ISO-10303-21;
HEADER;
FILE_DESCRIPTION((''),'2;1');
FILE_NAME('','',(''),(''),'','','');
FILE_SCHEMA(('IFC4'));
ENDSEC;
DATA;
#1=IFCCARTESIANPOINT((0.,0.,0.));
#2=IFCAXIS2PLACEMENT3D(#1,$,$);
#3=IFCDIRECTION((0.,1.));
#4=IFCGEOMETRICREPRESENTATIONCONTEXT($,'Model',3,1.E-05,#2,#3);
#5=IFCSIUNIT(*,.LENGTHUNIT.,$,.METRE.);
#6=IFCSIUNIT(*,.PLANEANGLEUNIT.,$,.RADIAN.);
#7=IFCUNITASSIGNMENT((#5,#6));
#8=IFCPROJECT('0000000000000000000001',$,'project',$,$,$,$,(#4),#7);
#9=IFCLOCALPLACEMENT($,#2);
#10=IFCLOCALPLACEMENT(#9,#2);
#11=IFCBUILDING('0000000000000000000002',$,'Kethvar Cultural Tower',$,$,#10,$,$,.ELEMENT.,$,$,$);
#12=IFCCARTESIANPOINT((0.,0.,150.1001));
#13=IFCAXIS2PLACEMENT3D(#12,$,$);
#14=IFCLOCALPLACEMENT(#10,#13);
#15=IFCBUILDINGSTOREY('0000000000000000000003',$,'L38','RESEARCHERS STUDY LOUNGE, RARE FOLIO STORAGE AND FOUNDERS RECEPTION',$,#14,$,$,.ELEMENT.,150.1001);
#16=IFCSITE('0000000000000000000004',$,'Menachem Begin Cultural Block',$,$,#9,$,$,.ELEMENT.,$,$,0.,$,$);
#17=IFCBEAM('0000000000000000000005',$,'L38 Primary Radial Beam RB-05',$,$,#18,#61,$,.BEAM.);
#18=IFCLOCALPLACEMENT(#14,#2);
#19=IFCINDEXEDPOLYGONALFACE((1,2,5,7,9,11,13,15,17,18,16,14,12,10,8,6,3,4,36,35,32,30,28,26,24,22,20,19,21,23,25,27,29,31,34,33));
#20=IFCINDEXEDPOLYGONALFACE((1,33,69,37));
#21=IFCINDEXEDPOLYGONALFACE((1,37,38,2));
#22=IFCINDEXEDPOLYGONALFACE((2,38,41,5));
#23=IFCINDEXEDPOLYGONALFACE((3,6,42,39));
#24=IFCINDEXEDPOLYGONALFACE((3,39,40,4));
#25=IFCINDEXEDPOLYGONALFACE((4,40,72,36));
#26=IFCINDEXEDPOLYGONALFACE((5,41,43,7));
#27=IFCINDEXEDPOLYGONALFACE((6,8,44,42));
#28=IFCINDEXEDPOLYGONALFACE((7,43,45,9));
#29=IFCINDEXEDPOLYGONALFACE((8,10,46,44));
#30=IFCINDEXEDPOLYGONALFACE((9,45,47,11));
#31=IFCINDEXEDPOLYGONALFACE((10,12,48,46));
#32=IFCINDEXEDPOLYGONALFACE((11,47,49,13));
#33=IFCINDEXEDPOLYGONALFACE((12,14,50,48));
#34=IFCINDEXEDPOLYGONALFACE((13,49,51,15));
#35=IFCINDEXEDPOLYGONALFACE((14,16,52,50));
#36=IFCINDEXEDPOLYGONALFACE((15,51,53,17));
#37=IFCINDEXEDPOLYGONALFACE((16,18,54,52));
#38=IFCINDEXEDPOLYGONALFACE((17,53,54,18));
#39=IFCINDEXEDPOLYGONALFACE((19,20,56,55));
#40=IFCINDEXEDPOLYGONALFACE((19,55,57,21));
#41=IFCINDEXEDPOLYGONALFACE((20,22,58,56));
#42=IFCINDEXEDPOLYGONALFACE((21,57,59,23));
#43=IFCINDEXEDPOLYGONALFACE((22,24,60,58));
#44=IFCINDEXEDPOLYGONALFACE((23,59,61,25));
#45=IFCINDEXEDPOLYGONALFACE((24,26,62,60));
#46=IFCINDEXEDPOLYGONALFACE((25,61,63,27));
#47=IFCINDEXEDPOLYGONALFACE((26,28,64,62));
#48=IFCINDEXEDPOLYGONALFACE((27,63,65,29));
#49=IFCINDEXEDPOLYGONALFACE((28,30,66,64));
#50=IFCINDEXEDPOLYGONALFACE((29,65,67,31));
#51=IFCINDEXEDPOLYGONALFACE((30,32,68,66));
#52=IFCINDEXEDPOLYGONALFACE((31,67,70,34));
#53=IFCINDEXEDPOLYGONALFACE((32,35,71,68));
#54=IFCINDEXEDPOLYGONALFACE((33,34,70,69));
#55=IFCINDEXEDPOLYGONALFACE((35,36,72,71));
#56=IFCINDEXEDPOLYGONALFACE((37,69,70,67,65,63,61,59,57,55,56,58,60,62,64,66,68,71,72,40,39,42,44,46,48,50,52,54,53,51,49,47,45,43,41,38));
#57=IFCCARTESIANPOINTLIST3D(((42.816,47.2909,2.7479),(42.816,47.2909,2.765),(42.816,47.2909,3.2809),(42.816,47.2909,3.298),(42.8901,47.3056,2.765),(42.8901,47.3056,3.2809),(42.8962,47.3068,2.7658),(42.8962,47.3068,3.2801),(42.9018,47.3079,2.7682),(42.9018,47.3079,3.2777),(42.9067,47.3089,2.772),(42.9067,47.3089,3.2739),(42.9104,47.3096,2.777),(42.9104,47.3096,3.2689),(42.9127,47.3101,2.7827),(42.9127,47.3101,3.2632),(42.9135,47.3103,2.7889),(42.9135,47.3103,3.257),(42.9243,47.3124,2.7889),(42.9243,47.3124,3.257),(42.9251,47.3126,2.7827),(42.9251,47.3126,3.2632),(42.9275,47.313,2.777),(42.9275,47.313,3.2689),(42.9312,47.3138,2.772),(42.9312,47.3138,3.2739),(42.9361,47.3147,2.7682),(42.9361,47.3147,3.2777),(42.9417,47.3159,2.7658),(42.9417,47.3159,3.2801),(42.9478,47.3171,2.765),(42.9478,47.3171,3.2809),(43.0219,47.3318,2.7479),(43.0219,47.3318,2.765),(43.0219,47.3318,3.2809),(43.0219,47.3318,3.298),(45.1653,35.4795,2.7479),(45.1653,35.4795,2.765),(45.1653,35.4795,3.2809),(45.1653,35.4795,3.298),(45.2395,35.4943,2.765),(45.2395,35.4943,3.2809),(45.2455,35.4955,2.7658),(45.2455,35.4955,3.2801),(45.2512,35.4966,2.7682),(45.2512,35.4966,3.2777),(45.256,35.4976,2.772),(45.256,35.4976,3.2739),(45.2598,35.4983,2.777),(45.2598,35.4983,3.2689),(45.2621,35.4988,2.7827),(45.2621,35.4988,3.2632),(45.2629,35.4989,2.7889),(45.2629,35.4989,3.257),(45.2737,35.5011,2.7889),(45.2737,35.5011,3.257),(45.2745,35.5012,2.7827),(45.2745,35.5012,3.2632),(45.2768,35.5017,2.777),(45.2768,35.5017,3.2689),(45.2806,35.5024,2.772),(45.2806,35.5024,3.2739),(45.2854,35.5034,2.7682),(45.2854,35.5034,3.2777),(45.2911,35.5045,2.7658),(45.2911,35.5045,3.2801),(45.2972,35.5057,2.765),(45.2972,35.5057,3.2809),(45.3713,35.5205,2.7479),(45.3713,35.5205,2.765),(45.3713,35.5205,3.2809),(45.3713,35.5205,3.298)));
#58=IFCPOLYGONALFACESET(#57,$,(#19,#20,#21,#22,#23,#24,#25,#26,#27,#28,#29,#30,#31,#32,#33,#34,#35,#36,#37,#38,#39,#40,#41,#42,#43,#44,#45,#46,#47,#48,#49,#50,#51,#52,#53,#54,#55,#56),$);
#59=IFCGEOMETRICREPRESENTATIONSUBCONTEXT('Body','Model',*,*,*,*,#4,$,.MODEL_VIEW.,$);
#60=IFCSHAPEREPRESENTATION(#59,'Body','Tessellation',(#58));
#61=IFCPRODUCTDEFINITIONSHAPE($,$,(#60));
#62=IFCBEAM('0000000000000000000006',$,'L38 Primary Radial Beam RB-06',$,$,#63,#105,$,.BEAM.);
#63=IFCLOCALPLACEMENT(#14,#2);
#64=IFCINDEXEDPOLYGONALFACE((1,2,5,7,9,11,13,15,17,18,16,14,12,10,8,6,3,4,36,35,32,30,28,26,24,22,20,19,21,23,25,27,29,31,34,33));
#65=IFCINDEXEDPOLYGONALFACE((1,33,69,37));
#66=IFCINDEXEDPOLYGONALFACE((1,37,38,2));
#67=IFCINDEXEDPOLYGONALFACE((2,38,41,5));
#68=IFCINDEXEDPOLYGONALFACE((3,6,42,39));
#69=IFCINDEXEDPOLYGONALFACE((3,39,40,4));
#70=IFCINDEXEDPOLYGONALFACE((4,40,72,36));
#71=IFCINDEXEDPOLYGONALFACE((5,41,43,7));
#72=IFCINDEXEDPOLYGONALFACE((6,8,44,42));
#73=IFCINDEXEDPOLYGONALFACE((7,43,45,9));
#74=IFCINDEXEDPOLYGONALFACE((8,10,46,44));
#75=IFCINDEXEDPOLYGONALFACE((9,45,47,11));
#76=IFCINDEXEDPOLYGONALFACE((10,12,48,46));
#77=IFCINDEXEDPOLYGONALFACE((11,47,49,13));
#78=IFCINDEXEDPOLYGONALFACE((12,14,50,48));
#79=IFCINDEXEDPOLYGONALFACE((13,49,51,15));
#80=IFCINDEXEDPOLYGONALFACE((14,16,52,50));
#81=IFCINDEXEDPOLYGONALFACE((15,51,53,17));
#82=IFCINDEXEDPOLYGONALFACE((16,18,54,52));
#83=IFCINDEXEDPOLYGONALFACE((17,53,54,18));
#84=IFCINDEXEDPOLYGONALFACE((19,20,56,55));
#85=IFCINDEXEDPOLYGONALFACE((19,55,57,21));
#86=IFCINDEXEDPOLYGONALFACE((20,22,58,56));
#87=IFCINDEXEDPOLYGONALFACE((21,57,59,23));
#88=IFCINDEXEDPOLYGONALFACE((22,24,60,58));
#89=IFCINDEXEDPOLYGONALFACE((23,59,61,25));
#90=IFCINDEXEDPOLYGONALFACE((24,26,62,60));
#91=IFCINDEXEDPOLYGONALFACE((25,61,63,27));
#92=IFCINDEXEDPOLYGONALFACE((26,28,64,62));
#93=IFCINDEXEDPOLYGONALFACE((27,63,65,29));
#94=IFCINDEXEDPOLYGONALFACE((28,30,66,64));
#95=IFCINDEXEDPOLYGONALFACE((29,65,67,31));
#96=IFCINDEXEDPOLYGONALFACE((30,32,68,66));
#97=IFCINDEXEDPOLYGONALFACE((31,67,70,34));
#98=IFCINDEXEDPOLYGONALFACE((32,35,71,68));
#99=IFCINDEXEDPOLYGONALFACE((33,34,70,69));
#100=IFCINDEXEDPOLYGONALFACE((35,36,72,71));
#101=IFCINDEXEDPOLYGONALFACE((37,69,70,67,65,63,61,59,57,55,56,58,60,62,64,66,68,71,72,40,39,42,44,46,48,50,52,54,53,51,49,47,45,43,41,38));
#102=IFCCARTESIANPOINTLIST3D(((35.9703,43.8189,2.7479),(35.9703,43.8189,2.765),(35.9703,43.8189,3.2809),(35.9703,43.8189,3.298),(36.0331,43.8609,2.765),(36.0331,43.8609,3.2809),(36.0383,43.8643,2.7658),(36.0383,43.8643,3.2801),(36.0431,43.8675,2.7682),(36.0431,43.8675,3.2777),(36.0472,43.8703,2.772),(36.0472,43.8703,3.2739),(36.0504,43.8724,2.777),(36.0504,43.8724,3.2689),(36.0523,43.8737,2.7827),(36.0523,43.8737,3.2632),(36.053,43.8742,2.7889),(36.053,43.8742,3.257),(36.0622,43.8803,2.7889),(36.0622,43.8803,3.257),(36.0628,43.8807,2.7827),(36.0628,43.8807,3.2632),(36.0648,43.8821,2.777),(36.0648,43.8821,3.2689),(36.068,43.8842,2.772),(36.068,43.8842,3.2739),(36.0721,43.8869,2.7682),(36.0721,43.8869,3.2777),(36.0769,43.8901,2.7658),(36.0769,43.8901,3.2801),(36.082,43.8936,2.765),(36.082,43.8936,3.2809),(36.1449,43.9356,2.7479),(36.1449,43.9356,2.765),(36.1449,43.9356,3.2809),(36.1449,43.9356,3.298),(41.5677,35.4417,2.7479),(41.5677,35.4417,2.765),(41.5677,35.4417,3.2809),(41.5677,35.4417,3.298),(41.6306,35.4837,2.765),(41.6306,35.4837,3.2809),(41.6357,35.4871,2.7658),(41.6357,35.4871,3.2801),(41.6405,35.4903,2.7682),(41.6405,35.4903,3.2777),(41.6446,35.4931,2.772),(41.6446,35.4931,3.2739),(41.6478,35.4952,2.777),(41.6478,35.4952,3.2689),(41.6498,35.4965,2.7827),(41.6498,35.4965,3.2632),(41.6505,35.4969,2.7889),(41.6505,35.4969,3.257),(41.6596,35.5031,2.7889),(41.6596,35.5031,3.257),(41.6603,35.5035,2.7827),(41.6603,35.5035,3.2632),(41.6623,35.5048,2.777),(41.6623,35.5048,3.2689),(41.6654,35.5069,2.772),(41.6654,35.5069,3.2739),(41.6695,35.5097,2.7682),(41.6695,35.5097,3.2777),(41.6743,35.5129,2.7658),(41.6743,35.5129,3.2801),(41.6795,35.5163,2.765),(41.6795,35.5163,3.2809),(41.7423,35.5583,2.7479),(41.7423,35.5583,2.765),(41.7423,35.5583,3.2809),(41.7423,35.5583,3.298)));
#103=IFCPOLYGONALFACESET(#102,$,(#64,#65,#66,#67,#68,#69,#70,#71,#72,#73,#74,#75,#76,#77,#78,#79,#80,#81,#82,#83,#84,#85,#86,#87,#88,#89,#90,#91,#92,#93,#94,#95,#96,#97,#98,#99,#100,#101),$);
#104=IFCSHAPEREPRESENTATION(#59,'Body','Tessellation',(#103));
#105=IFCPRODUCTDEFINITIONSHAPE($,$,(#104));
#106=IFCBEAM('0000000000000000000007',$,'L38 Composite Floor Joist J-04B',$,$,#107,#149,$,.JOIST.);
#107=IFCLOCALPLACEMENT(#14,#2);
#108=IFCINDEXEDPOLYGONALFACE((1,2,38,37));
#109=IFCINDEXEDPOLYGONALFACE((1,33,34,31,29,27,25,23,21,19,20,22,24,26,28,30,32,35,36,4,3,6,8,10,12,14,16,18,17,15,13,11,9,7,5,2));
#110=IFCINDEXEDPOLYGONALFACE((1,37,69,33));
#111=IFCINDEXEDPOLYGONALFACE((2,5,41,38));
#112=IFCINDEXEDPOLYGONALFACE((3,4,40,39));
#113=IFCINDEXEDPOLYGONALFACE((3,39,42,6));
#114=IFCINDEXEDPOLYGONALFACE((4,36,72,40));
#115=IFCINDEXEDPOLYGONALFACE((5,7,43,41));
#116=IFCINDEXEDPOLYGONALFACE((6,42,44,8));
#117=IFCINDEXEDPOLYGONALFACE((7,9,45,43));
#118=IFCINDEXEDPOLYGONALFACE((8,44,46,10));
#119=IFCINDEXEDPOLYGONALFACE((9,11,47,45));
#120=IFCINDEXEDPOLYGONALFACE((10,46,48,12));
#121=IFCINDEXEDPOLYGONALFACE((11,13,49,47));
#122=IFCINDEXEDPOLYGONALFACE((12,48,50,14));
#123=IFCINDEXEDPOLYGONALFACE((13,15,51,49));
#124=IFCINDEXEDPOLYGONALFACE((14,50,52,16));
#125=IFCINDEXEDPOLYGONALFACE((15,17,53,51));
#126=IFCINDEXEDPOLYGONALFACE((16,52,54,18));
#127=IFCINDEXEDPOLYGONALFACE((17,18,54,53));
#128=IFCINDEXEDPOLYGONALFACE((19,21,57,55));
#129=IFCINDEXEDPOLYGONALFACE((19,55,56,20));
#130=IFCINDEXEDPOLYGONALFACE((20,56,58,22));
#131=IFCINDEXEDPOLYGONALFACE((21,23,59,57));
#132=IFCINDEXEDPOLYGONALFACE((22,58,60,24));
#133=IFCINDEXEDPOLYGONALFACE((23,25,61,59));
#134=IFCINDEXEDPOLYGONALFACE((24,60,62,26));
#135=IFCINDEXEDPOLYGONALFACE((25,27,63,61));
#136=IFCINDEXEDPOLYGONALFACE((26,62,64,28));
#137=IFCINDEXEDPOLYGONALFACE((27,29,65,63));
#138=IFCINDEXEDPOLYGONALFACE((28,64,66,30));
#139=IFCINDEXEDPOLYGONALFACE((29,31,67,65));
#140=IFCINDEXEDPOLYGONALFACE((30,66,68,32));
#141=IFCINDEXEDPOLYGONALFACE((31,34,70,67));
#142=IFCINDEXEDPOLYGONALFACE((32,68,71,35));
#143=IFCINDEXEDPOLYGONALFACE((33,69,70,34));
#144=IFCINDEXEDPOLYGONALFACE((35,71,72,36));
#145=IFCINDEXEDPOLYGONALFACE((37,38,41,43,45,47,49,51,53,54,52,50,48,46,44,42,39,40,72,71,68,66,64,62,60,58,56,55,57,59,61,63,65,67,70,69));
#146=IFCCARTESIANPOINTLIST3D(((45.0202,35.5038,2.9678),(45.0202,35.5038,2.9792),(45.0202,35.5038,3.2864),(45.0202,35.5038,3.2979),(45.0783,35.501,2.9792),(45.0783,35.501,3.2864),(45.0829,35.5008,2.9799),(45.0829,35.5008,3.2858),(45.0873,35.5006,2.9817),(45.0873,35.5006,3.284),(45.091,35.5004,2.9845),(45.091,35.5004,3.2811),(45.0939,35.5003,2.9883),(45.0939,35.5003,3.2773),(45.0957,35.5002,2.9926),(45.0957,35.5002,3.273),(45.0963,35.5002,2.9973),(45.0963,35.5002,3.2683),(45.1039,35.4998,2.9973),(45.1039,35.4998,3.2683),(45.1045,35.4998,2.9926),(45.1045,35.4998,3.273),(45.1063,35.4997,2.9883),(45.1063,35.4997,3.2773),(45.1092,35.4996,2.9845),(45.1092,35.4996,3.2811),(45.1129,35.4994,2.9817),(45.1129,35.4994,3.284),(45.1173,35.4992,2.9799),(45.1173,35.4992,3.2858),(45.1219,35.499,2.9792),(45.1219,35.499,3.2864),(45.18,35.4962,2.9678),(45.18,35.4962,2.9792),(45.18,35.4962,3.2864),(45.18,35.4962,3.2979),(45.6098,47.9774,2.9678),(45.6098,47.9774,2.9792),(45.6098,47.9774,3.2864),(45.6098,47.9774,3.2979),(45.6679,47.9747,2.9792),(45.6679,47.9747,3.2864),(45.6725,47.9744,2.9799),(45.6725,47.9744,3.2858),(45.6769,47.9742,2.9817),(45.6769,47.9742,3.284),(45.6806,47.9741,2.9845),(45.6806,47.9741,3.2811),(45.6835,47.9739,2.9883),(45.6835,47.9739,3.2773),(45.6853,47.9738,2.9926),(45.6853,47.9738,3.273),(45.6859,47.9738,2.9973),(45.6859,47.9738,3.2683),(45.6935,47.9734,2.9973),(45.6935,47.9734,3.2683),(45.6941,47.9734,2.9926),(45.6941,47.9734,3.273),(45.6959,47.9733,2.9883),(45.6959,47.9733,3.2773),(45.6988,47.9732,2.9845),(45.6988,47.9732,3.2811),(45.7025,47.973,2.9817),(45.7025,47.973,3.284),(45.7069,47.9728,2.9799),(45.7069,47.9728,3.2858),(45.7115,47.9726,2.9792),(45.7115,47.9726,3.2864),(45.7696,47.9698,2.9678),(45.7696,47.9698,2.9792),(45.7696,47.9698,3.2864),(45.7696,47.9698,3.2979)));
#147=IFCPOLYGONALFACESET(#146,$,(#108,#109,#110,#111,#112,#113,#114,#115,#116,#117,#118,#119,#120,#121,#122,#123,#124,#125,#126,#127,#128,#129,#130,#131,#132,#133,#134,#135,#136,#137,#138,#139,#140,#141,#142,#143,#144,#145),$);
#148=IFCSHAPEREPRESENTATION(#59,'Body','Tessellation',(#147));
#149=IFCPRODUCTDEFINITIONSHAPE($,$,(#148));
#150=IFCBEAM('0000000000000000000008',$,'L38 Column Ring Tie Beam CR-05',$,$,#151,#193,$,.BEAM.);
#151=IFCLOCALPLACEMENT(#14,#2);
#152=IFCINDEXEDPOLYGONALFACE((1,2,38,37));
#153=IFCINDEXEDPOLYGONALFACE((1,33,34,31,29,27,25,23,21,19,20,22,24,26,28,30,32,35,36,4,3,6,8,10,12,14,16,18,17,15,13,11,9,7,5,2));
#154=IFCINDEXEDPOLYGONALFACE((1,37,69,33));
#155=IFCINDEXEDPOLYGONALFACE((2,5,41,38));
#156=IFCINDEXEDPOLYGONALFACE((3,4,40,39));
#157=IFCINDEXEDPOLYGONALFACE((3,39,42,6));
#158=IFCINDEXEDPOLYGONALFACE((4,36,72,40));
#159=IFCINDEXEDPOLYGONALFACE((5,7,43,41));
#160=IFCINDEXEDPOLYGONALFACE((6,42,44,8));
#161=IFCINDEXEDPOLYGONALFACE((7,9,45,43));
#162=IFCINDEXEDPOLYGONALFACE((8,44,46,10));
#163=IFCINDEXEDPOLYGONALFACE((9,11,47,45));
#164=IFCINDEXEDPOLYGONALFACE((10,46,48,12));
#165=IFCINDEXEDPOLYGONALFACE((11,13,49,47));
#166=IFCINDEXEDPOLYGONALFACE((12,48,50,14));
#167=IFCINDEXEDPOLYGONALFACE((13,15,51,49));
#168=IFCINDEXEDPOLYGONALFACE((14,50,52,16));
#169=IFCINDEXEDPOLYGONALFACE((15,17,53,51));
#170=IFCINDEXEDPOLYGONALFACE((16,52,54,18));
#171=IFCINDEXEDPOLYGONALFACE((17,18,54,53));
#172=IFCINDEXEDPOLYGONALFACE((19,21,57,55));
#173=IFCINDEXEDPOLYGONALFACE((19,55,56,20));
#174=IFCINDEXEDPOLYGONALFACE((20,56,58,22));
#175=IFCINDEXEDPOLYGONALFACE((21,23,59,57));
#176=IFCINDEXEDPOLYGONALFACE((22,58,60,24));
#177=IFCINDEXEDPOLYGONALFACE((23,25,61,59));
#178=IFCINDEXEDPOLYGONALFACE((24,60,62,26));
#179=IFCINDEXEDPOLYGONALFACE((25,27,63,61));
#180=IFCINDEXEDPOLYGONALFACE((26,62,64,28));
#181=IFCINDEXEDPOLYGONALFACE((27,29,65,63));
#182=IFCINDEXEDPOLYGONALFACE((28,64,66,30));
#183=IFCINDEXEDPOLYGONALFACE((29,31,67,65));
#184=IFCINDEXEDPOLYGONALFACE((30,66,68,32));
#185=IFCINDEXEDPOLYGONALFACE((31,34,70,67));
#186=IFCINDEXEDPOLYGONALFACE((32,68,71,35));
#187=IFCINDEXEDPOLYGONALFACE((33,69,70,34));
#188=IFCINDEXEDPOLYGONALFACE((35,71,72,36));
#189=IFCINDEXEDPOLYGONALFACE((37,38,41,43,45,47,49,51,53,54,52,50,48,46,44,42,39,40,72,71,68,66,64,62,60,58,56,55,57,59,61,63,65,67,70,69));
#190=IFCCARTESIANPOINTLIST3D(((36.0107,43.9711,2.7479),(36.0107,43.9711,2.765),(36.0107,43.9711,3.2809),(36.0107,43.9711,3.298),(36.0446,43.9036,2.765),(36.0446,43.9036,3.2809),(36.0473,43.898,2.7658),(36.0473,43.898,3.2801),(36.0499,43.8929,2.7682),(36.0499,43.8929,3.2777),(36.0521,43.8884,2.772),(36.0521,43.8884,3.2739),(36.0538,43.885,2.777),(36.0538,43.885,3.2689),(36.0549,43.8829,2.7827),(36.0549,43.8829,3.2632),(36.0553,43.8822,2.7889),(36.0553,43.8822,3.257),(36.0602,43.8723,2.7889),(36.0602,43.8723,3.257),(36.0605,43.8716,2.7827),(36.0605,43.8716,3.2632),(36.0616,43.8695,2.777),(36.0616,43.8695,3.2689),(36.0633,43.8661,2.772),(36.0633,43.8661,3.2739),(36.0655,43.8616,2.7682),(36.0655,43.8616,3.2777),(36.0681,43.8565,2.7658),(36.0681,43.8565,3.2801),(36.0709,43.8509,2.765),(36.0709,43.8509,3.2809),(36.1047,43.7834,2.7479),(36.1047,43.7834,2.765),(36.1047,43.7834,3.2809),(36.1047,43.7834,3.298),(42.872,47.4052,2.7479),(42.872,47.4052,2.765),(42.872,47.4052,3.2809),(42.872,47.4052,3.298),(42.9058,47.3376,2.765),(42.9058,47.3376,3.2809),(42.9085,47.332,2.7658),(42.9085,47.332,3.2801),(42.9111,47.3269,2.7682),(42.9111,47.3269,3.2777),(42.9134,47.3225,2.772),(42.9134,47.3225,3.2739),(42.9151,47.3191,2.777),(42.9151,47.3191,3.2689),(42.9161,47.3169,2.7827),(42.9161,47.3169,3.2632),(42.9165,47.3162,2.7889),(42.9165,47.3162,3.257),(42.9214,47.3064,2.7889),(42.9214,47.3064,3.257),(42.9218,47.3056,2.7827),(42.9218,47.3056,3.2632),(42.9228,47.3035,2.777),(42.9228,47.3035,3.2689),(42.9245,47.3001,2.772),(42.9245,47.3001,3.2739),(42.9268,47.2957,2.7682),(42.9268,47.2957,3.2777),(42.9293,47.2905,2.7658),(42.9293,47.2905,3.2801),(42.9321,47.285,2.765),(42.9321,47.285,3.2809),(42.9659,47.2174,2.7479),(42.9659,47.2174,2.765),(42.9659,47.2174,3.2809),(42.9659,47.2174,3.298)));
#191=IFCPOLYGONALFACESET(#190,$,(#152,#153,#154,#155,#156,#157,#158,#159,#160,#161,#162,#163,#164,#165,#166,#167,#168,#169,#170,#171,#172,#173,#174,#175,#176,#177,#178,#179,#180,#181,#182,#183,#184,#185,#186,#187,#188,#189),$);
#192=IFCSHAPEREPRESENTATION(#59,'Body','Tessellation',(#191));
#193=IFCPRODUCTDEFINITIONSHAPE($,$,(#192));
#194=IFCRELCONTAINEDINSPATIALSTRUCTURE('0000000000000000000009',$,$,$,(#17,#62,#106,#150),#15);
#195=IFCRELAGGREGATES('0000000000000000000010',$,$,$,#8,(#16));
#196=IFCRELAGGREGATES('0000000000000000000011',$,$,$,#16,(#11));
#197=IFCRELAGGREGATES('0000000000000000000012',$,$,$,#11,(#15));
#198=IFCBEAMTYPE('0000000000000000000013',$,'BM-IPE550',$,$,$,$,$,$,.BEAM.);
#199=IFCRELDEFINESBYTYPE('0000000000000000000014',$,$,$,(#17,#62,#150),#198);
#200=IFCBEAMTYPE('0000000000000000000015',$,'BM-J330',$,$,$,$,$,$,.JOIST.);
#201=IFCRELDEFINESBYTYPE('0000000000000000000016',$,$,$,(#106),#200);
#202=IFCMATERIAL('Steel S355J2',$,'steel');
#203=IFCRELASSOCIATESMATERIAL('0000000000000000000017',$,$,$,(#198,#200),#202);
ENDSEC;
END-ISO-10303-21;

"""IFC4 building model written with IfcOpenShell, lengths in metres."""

from ifc_helpers import new_model, si_unit, direction, frame, origin, origin_2d, place, context, subcontext, project, spatial, i_section, extrude, source, transform, mapped, material, material_profile, profile_set, type_object, element, save


model = new_model("IFC4")

# Units and contexts
model_context = context("Model", 3, precision=1e-05, world=origin(), true_north=direction((0.0, 1.0)))
body_context = subcontext(model_context, "Body", "Model", "MODEL_VIEW")
ifc_project = project(units=[si_unit("LENGTHUNIT", "METRE"), si_unit("PLANEANGLEUNIT", "RADIAN")], contexts=[model_context])

# Site, building, storey
site_placement = place(None, origin())
site = spatial("IfcSite", under=ifc_project, at=site_placement, Name="Menachem Begin Cultural Block", CompositionType="ELEMENT", RefElevation=0.0)
building_placement = place(site_placement, origin())
building = spatial("IfcBuilding", under=site, at=building_placement, Name="Kethvar Cultural Tower", CompositionType="ELEMENT")
storey_placement = place(building_placement, frame((0.0, 0.0, 150.1001)))
storey = spatial("IfcBuildingStorey", under=building, at=storey_placement, Name="L38", Description="RESEARCHERS STUDY LOUNGE, RARE FOLIO STORAGE AND FOUNDERS RECEPTION", CompositionType="ELEMENT", Elevation=150.1001)

# Beams
ifc_material_1 = material(Name="Steel S355J2", Category="steel")
ifc_material_profile_1 = material_profile(ifc_material_1, i_section(OverallWidth=0.21, OverallDepth=0.55, WebThickness=0.011, FlangeThickness=0.0171, FilletRadius=0.0239, at=origin_2d()), Name="Steel S355J2 — IPE550")
ifc_profile_set_1 = profile_set([ifc_material_profile_1], Name="Steel S355J2 — IPE550")
beam_type_1 = type_object("IfcBeamType", Name="BM-IPE550", PredefinedType="BEAM", material=ifc_profile_set_1)
shared_shape_1 = source(origin(), body_context, "Body", "SweptSolid", [
    extrude(i_section(OverallWidth=0.21, OverallDepth=0.55, WebThickness=0.011, FlangeThickness=0.0171, FilletRadius=0.0239, at=origin_2d()), origin(), (0.0, 0.0, 1.0), 12.0427),
])
beam_1_placement = place(storey_placement, frame((45.2683, 35.5, 3.0229), z_axis=(-0.195087, 0.980786, 0.0), x_axis=(-0.980786, -0.195087, 0.0)))
element("IfcBeam", 1, at=beam_1_placement, inside=storey, type_object=beam_type_1, Name="L38 Primary Radial Beam RB-05", PredefinedType="BEAM", context=body_context, shape_type="MappedRepresentation", body=[
    mapped(shared_shape_1, transform((0.0, 0.0, 0.0), scale=1.0)),
])
shared_shape_2 = source(origin(), body_context, "Body", "SweptSolid", [
    extrude(i_section(OverallWidth=0.21, OverallDepth=0.55, WebThickness=0.011, FlangeThickness=0.0171, FilletRadius=0.0239, at=origin_2d()), origin(), (0.0, 0.0, 1.0), 10.0752),
])
beam_2_placement = place(storey_placement, frame((41.655, 35.5, 3.0229), z_axis=(-0.555567, 0.831472, 0.0), x_axis=(-0.831472, -0.555567, 0.0)))
element("IfcBeam", 2, at=beam_2_placement, inside=storey, type_object=beam_type_1, Name="L38 Primary Radial Beam RB-06", PredefinedType="BEAM", context=body_context, shape_type="MappedRepresentation", body=[
    mapped(shared_shape_2, transform((0.0, 0.0, 0.0), scale=1.0)),
])
ifc_material_profile_2 = material_profile(ifc_material_1, i_section(OverallWidth=0.1599, OverallDepth=0.3301, WebThickness=0.0076, FlangeThickness=0.0115, FilletRadius=0.0181, at=origin_2d()), Name="Steel S355J2 — IPE330")
ifc_profile_set_2 = profile_set([ifc_material_profile_2], Name="Steel S355J2 — IPE330")
beam_type_2 = type_object("IfcBeamType", Name="BM-J330", PredefinedType="JOIST", material=ifc_profile_set_2)
shared_shape_3 = source(origin(), body_context, "Body", "SweptSolid", [
    extrude(i_section(OverallWidth=0.1599, OverallDepth=0.3301, WebThickness=0.0076, FlangeThickness=0.0115, FilletRadius=0.0181, at=origin_2d()), origin(), (0.0, 0.0, 1.0), 12.4875),
])
beam_3_placement = place(storey_placement, frame((45.1001, 35.5, 3.1328), z_axis=(0.047215, 0.998885, 0.0), x_axis=(-0.998885, 0.047215, 0.0)))
element("IfcBeam", 3, at=beam_3_placement, inside=storey, type_object=beam_type_2, Name="L38 Composite Floor Joist J-04B", PredefinedType="JOIST", context=body_context, shape_type="MappedRepresentation", body=[
    mapped(shared_shape_3, transform((0.0, 0.0, 0.0), scale=1.0)),
])
shared_shape_4 = source(origin(), body_context, "Body", "SweptSolid", [
    extrude(i_section(OverallWidth=0.21, OverallDepth=0.55, WebThickness=0.011, FlangeThickness=0.0171, FilletRadius=0.0239, at=origin_2d()), origin(), (0.0, 0.0, 1.0), 7.6726),
])
beam_4_placement = place(storey_placement, frame((42.9189, 47.3113, 3.0229), z_axis=(-0.894249, -0.44757, 0.0), x_axis=(0.44757, -0.894249, 0.0)))
element("IfcBeam", 4, at=beam_4_placement, inside=storey, type_object=beam_type_1, Name="L38 Column Ring Tie Beam CR-05", PredefinedType="BEAM", context=body_context, shape_type="MappedRepresentation", body=[
    mapped(shared_shape_4, transform((0.0, 0.0, 0.0), scale=1.0)),
])

save(model, "model.ifc")
